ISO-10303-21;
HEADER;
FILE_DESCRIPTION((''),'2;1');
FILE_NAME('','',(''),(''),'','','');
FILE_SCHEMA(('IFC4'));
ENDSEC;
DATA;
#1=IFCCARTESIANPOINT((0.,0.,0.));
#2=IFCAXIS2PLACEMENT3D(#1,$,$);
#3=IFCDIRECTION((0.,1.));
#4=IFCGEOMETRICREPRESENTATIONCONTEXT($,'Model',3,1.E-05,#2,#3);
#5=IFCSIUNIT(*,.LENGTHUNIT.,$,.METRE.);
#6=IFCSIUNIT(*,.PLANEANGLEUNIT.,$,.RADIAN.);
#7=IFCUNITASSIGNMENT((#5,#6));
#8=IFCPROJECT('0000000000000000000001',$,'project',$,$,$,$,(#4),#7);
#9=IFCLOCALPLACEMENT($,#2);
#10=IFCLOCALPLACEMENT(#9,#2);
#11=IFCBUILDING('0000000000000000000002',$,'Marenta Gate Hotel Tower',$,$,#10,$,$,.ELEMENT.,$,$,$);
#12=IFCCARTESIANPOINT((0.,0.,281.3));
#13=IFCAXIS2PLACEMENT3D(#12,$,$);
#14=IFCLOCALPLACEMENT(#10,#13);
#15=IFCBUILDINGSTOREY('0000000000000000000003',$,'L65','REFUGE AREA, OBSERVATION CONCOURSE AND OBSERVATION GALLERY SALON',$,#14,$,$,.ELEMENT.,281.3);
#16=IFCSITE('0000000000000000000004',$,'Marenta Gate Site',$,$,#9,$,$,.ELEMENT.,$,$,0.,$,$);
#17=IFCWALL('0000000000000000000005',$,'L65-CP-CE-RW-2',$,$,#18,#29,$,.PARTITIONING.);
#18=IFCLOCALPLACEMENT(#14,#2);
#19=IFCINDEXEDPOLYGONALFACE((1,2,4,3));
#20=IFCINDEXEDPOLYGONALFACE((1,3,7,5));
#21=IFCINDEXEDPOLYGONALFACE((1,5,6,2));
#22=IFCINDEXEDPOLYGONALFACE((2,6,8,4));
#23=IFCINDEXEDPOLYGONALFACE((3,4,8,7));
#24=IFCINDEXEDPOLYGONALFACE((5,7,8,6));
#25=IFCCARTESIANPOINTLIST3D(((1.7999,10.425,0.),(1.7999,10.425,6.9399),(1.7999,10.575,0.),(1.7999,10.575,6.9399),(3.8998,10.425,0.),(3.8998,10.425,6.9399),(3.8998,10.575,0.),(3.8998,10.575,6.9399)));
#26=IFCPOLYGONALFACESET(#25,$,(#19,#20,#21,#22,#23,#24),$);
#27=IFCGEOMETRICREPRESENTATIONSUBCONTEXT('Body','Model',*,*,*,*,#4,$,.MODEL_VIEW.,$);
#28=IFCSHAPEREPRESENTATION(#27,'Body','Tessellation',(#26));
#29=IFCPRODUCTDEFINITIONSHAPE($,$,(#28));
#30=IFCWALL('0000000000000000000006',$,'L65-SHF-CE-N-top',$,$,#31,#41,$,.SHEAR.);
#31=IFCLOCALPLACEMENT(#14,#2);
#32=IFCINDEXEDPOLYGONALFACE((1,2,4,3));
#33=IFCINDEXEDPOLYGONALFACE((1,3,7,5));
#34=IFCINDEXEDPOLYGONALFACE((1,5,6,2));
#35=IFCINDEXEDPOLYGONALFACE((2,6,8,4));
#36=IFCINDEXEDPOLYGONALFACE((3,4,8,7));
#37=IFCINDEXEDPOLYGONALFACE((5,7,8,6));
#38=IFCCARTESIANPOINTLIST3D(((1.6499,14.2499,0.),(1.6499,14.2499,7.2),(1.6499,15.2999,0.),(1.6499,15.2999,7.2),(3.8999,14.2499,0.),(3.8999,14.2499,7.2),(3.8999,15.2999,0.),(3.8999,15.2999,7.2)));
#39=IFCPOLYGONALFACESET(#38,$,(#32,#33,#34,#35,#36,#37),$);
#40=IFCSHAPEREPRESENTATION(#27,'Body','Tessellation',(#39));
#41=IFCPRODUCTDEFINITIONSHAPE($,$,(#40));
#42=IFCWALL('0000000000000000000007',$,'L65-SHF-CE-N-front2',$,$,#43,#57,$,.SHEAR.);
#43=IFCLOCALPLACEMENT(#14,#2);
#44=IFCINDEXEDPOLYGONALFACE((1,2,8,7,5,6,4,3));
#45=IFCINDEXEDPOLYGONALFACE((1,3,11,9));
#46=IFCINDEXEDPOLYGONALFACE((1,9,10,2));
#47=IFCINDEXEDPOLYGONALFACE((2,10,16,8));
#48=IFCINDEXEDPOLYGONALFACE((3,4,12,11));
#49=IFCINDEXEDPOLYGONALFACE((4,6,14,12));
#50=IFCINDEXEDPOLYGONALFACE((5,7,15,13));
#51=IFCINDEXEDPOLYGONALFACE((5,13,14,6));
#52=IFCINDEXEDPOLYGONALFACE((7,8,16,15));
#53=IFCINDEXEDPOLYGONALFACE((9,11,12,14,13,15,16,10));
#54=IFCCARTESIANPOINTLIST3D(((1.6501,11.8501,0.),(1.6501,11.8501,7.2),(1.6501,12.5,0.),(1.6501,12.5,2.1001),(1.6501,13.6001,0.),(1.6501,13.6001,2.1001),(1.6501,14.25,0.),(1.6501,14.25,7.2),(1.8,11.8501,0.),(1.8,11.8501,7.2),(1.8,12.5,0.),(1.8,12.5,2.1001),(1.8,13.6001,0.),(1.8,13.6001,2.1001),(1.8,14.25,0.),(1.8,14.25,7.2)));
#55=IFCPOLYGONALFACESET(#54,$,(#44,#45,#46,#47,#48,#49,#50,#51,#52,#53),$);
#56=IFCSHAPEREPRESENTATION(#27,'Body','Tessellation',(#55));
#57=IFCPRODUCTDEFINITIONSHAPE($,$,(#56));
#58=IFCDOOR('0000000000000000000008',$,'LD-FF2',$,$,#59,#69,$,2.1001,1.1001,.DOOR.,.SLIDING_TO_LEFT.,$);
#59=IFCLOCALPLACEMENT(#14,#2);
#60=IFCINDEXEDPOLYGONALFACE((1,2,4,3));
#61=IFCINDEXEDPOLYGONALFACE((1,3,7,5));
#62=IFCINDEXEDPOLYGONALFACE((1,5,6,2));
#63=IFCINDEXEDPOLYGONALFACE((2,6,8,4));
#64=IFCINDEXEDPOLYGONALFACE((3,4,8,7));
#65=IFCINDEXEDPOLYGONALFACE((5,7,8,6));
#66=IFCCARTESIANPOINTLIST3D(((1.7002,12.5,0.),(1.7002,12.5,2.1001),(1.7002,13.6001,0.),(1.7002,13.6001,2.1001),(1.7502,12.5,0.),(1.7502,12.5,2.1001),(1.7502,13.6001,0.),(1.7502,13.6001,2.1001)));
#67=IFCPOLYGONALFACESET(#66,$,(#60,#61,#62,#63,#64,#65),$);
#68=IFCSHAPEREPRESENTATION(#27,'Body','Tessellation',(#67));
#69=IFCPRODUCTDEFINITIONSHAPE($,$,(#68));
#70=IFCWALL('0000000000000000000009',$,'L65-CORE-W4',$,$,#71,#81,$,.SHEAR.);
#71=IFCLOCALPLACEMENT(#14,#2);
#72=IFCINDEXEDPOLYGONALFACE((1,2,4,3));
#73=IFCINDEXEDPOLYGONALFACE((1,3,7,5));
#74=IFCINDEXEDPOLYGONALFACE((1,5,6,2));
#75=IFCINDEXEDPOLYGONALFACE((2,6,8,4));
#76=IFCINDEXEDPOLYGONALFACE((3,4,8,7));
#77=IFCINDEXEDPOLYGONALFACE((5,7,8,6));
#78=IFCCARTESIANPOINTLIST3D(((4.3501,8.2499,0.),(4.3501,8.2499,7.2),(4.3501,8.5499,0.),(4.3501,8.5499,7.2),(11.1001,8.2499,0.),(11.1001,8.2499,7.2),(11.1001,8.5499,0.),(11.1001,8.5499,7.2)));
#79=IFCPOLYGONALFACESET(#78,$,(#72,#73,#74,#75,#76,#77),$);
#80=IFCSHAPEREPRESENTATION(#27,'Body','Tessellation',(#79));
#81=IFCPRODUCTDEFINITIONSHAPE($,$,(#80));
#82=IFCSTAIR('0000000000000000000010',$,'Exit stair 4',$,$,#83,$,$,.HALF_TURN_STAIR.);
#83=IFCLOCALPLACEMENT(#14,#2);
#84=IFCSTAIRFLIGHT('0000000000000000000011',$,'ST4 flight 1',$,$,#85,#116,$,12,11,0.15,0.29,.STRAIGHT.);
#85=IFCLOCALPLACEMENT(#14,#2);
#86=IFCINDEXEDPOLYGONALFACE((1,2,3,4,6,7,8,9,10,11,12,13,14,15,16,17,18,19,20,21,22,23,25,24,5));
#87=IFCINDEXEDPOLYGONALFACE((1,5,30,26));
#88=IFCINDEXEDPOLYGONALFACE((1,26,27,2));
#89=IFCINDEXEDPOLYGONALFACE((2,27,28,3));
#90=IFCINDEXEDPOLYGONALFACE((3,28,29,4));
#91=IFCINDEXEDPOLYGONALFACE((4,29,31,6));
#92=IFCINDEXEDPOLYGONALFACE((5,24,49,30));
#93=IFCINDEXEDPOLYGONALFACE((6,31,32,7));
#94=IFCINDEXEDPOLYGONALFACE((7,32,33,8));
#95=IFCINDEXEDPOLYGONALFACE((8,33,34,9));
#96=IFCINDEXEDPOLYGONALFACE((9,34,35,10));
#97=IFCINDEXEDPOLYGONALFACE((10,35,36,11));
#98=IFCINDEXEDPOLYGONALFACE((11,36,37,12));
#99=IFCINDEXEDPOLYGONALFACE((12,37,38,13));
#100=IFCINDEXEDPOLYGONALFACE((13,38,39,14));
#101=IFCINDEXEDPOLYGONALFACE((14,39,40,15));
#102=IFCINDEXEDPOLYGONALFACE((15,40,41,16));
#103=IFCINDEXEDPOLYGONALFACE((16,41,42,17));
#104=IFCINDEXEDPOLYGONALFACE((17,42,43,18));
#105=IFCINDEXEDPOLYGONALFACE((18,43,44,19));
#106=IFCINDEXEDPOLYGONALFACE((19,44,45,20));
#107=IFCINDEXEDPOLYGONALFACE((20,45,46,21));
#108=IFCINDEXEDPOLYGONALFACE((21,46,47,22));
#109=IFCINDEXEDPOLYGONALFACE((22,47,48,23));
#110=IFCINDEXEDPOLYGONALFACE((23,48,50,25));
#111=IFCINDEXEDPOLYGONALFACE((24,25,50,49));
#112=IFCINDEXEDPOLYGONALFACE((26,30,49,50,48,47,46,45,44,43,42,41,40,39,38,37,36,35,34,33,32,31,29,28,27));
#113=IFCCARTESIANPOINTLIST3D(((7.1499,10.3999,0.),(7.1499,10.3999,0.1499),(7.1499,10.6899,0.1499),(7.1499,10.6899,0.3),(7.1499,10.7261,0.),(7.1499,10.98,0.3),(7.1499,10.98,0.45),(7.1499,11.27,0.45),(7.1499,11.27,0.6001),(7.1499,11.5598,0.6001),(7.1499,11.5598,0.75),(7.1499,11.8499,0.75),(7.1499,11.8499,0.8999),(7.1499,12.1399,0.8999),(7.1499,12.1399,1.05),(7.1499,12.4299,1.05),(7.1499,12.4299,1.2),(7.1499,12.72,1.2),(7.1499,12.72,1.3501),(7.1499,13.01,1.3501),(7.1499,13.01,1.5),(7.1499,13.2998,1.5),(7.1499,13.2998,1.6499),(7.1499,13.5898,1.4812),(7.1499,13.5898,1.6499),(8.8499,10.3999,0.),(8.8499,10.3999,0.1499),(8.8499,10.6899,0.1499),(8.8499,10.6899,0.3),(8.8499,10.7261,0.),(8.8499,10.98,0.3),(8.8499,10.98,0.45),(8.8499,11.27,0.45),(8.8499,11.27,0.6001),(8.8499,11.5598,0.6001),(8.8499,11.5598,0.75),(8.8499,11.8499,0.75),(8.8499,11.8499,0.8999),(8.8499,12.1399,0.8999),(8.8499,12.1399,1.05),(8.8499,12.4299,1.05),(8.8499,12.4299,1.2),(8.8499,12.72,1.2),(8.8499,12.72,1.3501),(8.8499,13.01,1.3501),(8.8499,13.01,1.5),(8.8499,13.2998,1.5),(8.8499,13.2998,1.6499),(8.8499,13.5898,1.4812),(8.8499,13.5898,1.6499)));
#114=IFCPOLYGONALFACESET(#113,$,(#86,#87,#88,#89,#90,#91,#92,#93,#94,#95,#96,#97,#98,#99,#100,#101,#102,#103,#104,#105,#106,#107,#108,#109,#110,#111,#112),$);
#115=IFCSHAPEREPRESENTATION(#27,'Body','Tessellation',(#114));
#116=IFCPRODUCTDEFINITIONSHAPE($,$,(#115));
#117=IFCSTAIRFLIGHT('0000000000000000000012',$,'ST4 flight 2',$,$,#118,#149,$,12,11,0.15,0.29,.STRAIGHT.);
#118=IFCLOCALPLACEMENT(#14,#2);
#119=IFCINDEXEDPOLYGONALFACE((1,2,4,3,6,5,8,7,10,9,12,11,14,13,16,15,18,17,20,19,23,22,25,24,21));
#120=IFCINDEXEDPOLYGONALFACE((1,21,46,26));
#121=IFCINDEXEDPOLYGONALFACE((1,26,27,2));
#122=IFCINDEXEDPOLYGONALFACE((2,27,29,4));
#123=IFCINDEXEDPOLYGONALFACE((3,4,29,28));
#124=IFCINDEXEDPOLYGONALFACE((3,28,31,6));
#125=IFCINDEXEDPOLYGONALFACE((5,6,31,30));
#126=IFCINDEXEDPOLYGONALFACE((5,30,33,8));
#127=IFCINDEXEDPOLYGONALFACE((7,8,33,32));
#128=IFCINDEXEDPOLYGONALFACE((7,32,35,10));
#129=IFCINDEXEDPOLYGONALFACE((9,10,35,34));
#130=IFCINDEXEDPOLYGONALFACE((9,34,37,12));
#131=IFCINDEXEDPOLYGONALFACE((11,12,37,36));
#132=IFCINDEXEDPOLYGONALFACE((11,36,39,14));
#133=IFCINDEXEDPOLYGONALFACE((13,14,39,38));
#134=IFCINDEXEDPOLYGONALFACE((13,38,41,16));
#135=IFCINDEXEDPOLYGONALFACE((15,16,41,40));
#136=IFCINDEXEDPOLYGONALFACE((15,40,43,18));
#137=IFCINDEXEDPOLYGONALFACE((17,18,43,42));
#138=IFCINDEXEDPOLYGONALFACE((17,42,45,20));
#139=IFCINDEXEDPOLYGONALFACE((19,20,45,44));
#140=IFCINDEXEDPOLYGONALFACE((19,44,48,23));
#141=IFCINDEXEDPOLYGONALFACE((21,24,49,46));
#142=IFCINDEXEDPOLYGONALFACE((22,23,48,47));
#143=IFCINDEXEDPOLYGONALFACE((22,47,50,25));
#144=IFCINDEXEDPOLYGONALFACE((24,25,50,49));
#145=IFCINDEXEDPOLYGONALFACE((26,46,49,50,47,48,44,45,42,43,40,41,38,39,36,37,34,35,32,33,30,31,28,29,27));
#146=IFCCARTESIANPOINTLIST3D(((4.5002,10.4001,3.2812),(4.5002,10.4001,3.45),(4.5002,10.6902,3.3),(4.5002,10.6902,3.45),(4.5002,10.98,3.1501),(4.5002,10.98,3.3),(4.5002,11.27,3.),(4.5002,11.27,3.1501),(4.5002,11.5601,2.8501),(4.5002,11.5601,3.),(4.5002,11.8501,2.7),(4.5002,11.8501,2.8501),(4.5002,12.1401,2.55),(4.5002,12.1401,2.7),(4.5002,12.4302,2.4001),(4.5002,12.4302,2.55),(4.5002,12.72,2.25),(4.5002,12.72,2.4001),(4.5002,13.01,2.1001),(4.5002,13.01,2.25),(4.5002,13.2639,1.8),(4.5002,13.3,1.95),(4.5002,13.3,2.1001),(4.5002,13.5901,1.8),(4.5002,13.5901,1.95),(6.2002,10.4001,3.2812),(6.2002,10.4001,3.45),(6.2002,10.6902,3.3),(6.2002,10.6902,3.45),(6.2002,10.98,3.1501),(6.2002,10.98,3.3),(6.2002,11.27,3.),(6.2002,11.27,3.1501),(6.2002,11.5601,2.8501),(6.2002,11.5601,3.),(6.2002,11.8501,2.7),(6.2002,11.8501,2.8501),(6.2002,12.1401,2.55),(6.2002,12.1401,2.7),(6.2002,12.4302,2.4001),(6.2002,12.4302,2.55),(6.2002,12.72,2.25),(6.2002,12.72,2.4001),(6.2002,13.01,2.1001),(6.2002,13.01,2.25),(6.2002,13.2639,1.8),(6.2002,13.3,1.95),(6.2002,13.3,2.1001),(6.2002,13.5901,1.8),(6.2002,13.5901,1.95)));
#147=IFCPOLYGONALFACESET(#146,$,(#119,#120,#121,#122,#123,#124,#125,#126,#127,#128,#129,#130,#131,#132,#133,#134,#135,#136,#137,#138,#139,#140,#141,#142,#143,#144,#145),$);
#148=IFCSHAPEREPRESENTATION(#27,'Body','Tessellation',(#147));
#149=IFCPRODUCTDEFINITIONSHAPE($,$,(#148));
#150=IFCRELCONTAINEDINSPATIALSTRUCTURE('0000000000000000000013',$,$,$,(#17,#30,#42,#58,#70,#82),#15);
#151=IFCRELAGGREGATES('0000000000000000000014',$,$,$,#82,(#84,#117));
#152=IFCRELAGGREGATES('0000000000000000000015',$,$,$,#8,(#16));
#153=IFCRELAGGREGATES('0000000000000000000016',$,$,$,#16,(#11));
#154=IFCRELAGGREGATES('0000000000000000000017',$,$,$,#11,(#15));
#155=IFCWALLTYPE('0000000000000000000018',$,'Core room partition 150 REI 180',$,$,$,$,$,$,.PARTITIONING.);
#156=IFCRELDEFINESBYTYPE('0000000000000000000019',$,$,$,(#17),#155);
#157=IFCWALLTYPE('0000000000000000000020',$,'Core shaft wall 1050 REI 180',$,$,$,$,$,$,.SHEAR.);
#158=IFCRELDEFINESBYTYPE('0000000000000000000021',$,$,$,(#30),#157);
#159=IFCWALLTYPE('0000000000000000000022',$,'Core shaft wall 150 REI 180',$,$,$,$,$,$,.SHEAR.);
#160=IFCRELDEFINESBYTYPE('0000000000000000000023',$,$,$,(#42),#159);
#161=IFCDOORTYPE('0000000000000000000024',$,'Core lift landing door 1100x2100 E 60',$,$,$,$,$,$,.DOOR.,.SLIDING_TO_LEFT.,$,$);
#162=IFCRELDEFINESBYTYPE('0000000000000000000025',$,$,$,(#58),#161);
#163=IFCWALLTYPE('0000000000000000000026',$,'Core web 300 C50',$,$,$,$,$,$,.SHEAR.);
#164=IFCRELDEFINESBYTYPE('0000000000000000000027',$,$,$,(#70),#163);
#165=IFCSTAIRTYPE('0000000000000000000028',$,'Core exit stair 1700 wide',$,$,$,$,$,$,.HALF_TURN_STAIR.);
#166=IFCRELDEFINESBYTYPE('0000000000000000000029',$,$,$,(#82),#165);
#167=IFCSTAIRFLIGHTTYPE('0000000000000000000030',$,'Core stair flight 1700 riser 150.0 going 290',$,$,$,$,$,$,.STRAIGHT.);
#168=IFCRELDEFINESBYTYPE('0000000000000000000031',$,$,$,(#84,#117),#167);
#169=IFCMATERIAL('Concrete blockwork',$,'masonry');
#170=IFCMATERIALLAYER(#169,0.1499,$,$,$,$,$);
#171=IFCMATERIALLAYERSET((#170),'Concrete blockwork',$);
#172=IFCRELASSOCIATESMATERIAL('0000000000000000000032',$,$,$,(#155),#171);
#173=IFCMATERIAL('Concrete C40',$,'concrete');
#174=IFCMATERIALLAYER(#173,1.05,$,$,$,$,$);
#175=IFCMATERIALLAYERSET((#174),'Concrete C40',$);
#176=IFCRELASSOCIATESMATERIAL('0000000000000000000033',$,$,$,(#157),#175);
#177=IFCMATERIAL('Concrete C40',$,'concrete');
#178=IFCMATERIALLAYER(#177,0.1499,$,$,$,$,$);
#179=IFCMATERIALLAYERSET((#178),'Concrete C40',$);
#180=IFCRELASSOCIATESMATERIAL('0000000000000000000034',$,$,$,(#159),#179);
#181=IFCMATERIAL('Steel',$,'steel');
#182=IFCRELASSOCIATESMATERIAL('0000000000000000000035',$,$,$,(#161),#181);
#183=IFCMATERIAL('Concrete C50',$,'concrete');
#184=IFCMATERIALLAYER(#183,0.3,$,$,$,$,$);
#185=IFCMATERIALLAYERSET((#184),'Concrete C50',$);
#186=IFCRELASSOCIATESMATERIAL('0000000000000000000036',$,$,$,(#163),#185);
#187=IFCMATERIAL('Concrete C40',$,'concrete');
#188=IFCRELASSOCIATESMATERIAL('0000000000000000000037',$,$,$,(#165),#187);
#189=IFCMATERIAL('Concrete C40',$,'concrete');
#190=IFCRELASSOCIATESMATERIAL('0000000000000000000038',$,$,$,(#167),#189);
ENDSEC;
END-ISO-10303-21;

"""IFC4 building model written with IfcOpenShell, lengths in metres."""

from ifc_helpers import new_model, si_unit, direction, frame, frame_2d, origin, place, context, subcontext, project, spatial, polyline, rectangle, outline, extrude, material, layer, layer_set, type_object, element, fill, aggregate, save


model = new_model("IFC4")

# Units and contexts
model_context = context("Model", 3, precision=1e-05, world=origin(), true_north=direction((0.0, 1.0)))
body_context = subcontext(model_context, "Body", "Model", "MODEL_VIEW")
ifc_project = project(units=[si_unit("LENGTHUNIT", "METRE"), si_unit("PLANEANGLEUNIT", "RADIAN")], contexts=[model_context])

# Site, building, storey
site_placement = place(None, origin())
site = spatial("IfcSite", under=ifc_project, at=site_placement, Name="Marenta Gate Site", CompositionType="ELEMENT", RefElevation=0.0)
building_placement = place(site_placement, origin())
building = spatial("IfcBuilding", under=site, at=building_placement, Name="Marenta Gate Hotel Tower", CompositionType="ELEMENT")
storey_placement = place(building_placement, frame((0.0, 0.0, 281.3)))
storey = spatial("IfcBuildingStorey", under=building, at=storey_placement, Name="L65", Description="REFUGE AREA, OBSERVATION CONCOURSE AND OBSERVATION GALLERY SALON", CompositionType="ELEMENT", Elevation=281.3)

# Shared definitions
ifc_material_1 = material(Name="Concrete blockwork", Category="masonry")
ifc_layer_1 = layer(ifc_material_1, 0.1499)
ifc_layer_set_1 = layer_set([ifc_layer_1], Name="Concrete blockwork")
wall_type_1 = type_object("IfcWallType", Name="Core room partition 150 REI 180", PredefinedType="PARTITIONING", material=ifc_layer_set_1)

# Walls
wall_1_placement = place(storey_placement, frame((1.8, 10.5, 0.0), z_axis=(0.0, 0.0, 1.0), x_axis=(1.0, 0.0, 0.0)))
element("IfcWall", 1, at=wall_1_placement, inside=storey, type_object=wall_type_1, Name="L65-CP-CE-RW-2", PredefinedType="PARTITIONING", context=body_context, shape_type="SweptSolid", body=[
    extrude(rectangle(XDim=2.0999, YDim=0.1499, at=frame_2d((1.0498, 0.0))), origin(), (0.0, 0.0, 1.0), 6.9399),
])
ifc_material_2 = material(Name="Concrete C40", Category="concrete")
ifc_layer_2 = layer(ifc_material_2, 1.05)
ifc_layer_set_2 = layer_set([ifc_layer_2], Name="Concrete C40")
wall_type_2 = type_object("IfcWallType", Name="Core shaft wall 1050 REI 180", PredefinedType="SHEAR", material=ifc_layer_set_2)
wall_2_placement = place(storey_placement, frame((1.6499, 14.7749, 0.0), z_axis=(0.0, 0.0, 1.0), x_axis=(1.0, 0.0, 0.0)))
element("IfcWall", 2, at=wall_2_placement, inside=storey, type_object=wall_type_2, Name="L65-SHF-CE-N-top", PredefinedType="SHEAR", context=body_context, shape_type="SweptSolid", body=[
    extrude(rectangle(XDim=2.25, YDim=1.05, at=frame_2d((1.125, 0.0))), origin(), (0.0, 0.0, 1.0), 7.2),
])

# Wall, opening, door
ifc_material_3 = material(Name="Concrete C40", Category="concrete")
ifc_layer_3 = layer(ifc_material_3, 0.1499)
ifc_layer_set_3 = layer_set([ifc_layer_3], Name="Concrete C40")
wall_type_3 = type_object("IfcWallType", Name="Core shaft wall 150 REI 180", PredefinedType="SHEAR", material=ifc_layer_set_3)
wall_3_placement = place(storey_placement, frame((1.7251, 11.8501, 0.0), z_axis=(0.0, 0.0, 1.0), x_axis=(0.0, 1.0, 0.0)))
wall_3 = element("IfcWall", 3, at=wall_3_placement, inside=storey, type_object=wall_type_3, Name="L65-SHF-CE-N-front2", PredefinedType="SHEAR", context=body_context, shape_type="SweptSolid", body=[
    extrude(rectangle(XDim=2.3999, YDim=0.1499, at=frame_2d((1.2, 0.0))), origin(), (0.0, 0.0, 1.0), 7.2),
])
opening_1_placement = place(wall_3_placement, frame((0.6499, 0.0, 0.0)))
opening_1 = element("IfcOpeningElement", 4, at=opening_1_placement, cuts=wall_3, PredefinedType="OPENING", context=body_context, shape_type="SweptSolid", body=[
    extrude(rectangle(XDim=1.1001, YDim=2.1001, at=frame_2d((0.55, 1.05))), frame((0.0, 0.075, 0.0), z_axis=(0.0, -1.0, 0.0), x_axis=(1.0, 0.0, 0.0)), (0.0, 0.0, 1.0), 0.1499),
])
ifc_material_4 = material(Name="Steel", Category="steel")
door_type_1 = type_object("IfcDoorType", Name="Core lift landing door 1100x2100 E 60", OperationType="SLIDING_TO_LEFT", PredefinedType="DOOR", material=ifc_material_4)
door_1_placement = place(opening_1_placement, origin())
door_1 = element("IfcDoor", 5, at=door_1_placement, inside=storey, type_object=door_type_1, Name="LD-FF2", OperationType="SLIDING_TO_LEFT", OverallHeight=2.1001, OverallWidth=1.1001, PredefinedType="DOOR", context=body_context, shape_type="SweptSolid", body=[
    extrude(rectangle(XDim=1.1001, YDim=2.1001, at=frame_2d((0.55, 1.05))), frame((0.0, 0.0249, 0.0), z_axis=(0.0, -1.0, 0.0), x_axis=(1.0, 0.0, 0.0)), (0.0, 0.0, 1.0), 0.05),
])
fill(opening_1, door_1)

# Wall
ifc_material_5 = material(Name="Concrete C50", Category="concrete")
ifc_layer_4 = layer(ifc_material_5, 0.3)
ifc_layer_set_4 = layer_set([ifc_layer_4], Name="Concrete C50")
wall_type_4 = type_object("IfcWallType", Name="Core web 300 C50", PredefinedType="SHEAR", material=ifc_layer_set_4)
wall_4_placement = place(storey_placement, frame((4.3501, 8.3999, 0.0), z_axis=(0.0, 0.0, 1.0), x_axis=(1.0, 0.0, 0.0)))
element("IfcWall", 6, at=wall_4_placement, inside=storey, type_object=wall_type_4, Name="L65-CORE-W4", PredefinedType="SHEAR", context=body_context, shape_type="SweptSolid", body=[
    extrude(rectangle(XDim=6.75, YDim=0.3, at=frame_2d((3.375, 0.0))), origin(), (0.0, 0.0, 1.0), 7.2),
])

# Stair, stair flights
ifc_material_6 = material(Name="Concrete C40", Category="concrete")
stair_type = type_object("IfcStairType", Name="Core exit stair 1700 wide", PredefinedType="HALF_TURN_STAIR", material=ifc_material_6)
stair_placement = place(storey_placement, origin())
stair = element("IfcStair", 7, at=stair_placement, inside=storey, type_object=stair_type, Name="Exit stair 4", PredefinedType="HALF_TURN_STAIR")
ifc_material_7 = material(Name="Concrete C40", Category="concrete")
stair_flight_type = type_object("IfcStairFlightType", Name="Core stair flight 1700 riser 150.0 going 290", PredefinedType="STRAIGHT", material=ifc_material_7)
stair_flight_1_placement = place(storey_placement, frame((8.0, 10.3999, 0.0), z_axis=(0.0, 0.0, 1.0), x_axis=(0.0, 1.0, 0.0)))
stair_flight_1 = element("IfcStairFlight", 8, at=stair_flight_1_placement, type_object=stair_flight_type, Name="ST4 flight 1", NumberOfRisers=12, NumberOfTreads=11, PredefinedType="STRAIGHT", RiserHeight=0.15, TreadLength=0.29, context=body_context, shape_type="SweptSolid", body=[
    extrude(outline(polyline([(0.0, 0.0), (0.0, 0.1499), (0.29, 0.1499), (0.29, 0.3), (0.5801, 0.3), (0.5801, 0.45), (0.8701, 0.45), (0.8701, 0.6001), (1.1599, 0.6001), (1.1599, 0.75), (1.45, 0.75), (1.45, 0.8999), (1.74, 0.8999), (1.74, 1.05), (2.03, 1.05), (2.03, 1.2), (2.3201, 1.2), (2.3201, 1.3501), (2.6101, 1.3501), (2.6101, 1.5), (2.8999, 1.5), (2.8999, 1.6499), (3.1899, 1.6499), (3.1899, 1.8), (3.1899, 1.4812), (0.3262, 0.0), (0.0, 0.0)])), frame((0.0, 0.8501, 0.0), z_axis=(0.0, -1.0, 0.0), x_axis=(1.0, 0.0, 0.0)), (0.0, 0.0, 1.0), 1.7),
])
stair_flight_2_placement = place(storey_placement, frame((5.3501, 13.5901, 1.8), z_axis=(0.0, 0.0, 1.0), x_axis=(0.0, -1.0, 0.0)))
stair_flight_2 = element("IfcStairFlight", 9, at=stair_flight_2_placement, type_object=stair_flight_type, Name="ST4 flight 2", NumberOfRisers=12, NumberOfTreads=11, PredefinedType="STRAIGHT", RiserHeight=0.15, TreadLength=0.29, context=body_context, shape_type="SweptSolid", body=[
    extrude(outline(polyline([(0.0, 0.0), (0.0, 0.1499), (0.29, 0.1499), (0.29, 0.3), (0.5801, 0.3), (0.5801, 0.45), (0.8701, 0.45), (0.8701, 0.6001), (1.1599, 0.6001), (1.1599, 0.75), (1.45, 0.75), (1.45, 0.8999), (1.74, 0.8999), (1.74, 1.05), (2.03, 1.05), (2.03, 1.2), (2.3201, 1.2), (2.3201, 1.3501), (2.6101, 1.3501), (2.6101, 1.5), (2.8999, 1.5), (2.8999, 1.6499), (3.1899, 1.6499), (3.1899, 1.8), (3.1899, 1.4812), (0.3262, 0.0), (0.0, 0.0)])), frame((0.0, 0.8501, 0.0), z_axis=(0.0, -1.0, 0.0), x_axis=(1.0, 0.0, 0.0)), (0.0, 0.0, 1.0), 1.7),
])
aggregate(stair, [stair_flight_1, stair_flight_2])

save(model, "model.ifc")
